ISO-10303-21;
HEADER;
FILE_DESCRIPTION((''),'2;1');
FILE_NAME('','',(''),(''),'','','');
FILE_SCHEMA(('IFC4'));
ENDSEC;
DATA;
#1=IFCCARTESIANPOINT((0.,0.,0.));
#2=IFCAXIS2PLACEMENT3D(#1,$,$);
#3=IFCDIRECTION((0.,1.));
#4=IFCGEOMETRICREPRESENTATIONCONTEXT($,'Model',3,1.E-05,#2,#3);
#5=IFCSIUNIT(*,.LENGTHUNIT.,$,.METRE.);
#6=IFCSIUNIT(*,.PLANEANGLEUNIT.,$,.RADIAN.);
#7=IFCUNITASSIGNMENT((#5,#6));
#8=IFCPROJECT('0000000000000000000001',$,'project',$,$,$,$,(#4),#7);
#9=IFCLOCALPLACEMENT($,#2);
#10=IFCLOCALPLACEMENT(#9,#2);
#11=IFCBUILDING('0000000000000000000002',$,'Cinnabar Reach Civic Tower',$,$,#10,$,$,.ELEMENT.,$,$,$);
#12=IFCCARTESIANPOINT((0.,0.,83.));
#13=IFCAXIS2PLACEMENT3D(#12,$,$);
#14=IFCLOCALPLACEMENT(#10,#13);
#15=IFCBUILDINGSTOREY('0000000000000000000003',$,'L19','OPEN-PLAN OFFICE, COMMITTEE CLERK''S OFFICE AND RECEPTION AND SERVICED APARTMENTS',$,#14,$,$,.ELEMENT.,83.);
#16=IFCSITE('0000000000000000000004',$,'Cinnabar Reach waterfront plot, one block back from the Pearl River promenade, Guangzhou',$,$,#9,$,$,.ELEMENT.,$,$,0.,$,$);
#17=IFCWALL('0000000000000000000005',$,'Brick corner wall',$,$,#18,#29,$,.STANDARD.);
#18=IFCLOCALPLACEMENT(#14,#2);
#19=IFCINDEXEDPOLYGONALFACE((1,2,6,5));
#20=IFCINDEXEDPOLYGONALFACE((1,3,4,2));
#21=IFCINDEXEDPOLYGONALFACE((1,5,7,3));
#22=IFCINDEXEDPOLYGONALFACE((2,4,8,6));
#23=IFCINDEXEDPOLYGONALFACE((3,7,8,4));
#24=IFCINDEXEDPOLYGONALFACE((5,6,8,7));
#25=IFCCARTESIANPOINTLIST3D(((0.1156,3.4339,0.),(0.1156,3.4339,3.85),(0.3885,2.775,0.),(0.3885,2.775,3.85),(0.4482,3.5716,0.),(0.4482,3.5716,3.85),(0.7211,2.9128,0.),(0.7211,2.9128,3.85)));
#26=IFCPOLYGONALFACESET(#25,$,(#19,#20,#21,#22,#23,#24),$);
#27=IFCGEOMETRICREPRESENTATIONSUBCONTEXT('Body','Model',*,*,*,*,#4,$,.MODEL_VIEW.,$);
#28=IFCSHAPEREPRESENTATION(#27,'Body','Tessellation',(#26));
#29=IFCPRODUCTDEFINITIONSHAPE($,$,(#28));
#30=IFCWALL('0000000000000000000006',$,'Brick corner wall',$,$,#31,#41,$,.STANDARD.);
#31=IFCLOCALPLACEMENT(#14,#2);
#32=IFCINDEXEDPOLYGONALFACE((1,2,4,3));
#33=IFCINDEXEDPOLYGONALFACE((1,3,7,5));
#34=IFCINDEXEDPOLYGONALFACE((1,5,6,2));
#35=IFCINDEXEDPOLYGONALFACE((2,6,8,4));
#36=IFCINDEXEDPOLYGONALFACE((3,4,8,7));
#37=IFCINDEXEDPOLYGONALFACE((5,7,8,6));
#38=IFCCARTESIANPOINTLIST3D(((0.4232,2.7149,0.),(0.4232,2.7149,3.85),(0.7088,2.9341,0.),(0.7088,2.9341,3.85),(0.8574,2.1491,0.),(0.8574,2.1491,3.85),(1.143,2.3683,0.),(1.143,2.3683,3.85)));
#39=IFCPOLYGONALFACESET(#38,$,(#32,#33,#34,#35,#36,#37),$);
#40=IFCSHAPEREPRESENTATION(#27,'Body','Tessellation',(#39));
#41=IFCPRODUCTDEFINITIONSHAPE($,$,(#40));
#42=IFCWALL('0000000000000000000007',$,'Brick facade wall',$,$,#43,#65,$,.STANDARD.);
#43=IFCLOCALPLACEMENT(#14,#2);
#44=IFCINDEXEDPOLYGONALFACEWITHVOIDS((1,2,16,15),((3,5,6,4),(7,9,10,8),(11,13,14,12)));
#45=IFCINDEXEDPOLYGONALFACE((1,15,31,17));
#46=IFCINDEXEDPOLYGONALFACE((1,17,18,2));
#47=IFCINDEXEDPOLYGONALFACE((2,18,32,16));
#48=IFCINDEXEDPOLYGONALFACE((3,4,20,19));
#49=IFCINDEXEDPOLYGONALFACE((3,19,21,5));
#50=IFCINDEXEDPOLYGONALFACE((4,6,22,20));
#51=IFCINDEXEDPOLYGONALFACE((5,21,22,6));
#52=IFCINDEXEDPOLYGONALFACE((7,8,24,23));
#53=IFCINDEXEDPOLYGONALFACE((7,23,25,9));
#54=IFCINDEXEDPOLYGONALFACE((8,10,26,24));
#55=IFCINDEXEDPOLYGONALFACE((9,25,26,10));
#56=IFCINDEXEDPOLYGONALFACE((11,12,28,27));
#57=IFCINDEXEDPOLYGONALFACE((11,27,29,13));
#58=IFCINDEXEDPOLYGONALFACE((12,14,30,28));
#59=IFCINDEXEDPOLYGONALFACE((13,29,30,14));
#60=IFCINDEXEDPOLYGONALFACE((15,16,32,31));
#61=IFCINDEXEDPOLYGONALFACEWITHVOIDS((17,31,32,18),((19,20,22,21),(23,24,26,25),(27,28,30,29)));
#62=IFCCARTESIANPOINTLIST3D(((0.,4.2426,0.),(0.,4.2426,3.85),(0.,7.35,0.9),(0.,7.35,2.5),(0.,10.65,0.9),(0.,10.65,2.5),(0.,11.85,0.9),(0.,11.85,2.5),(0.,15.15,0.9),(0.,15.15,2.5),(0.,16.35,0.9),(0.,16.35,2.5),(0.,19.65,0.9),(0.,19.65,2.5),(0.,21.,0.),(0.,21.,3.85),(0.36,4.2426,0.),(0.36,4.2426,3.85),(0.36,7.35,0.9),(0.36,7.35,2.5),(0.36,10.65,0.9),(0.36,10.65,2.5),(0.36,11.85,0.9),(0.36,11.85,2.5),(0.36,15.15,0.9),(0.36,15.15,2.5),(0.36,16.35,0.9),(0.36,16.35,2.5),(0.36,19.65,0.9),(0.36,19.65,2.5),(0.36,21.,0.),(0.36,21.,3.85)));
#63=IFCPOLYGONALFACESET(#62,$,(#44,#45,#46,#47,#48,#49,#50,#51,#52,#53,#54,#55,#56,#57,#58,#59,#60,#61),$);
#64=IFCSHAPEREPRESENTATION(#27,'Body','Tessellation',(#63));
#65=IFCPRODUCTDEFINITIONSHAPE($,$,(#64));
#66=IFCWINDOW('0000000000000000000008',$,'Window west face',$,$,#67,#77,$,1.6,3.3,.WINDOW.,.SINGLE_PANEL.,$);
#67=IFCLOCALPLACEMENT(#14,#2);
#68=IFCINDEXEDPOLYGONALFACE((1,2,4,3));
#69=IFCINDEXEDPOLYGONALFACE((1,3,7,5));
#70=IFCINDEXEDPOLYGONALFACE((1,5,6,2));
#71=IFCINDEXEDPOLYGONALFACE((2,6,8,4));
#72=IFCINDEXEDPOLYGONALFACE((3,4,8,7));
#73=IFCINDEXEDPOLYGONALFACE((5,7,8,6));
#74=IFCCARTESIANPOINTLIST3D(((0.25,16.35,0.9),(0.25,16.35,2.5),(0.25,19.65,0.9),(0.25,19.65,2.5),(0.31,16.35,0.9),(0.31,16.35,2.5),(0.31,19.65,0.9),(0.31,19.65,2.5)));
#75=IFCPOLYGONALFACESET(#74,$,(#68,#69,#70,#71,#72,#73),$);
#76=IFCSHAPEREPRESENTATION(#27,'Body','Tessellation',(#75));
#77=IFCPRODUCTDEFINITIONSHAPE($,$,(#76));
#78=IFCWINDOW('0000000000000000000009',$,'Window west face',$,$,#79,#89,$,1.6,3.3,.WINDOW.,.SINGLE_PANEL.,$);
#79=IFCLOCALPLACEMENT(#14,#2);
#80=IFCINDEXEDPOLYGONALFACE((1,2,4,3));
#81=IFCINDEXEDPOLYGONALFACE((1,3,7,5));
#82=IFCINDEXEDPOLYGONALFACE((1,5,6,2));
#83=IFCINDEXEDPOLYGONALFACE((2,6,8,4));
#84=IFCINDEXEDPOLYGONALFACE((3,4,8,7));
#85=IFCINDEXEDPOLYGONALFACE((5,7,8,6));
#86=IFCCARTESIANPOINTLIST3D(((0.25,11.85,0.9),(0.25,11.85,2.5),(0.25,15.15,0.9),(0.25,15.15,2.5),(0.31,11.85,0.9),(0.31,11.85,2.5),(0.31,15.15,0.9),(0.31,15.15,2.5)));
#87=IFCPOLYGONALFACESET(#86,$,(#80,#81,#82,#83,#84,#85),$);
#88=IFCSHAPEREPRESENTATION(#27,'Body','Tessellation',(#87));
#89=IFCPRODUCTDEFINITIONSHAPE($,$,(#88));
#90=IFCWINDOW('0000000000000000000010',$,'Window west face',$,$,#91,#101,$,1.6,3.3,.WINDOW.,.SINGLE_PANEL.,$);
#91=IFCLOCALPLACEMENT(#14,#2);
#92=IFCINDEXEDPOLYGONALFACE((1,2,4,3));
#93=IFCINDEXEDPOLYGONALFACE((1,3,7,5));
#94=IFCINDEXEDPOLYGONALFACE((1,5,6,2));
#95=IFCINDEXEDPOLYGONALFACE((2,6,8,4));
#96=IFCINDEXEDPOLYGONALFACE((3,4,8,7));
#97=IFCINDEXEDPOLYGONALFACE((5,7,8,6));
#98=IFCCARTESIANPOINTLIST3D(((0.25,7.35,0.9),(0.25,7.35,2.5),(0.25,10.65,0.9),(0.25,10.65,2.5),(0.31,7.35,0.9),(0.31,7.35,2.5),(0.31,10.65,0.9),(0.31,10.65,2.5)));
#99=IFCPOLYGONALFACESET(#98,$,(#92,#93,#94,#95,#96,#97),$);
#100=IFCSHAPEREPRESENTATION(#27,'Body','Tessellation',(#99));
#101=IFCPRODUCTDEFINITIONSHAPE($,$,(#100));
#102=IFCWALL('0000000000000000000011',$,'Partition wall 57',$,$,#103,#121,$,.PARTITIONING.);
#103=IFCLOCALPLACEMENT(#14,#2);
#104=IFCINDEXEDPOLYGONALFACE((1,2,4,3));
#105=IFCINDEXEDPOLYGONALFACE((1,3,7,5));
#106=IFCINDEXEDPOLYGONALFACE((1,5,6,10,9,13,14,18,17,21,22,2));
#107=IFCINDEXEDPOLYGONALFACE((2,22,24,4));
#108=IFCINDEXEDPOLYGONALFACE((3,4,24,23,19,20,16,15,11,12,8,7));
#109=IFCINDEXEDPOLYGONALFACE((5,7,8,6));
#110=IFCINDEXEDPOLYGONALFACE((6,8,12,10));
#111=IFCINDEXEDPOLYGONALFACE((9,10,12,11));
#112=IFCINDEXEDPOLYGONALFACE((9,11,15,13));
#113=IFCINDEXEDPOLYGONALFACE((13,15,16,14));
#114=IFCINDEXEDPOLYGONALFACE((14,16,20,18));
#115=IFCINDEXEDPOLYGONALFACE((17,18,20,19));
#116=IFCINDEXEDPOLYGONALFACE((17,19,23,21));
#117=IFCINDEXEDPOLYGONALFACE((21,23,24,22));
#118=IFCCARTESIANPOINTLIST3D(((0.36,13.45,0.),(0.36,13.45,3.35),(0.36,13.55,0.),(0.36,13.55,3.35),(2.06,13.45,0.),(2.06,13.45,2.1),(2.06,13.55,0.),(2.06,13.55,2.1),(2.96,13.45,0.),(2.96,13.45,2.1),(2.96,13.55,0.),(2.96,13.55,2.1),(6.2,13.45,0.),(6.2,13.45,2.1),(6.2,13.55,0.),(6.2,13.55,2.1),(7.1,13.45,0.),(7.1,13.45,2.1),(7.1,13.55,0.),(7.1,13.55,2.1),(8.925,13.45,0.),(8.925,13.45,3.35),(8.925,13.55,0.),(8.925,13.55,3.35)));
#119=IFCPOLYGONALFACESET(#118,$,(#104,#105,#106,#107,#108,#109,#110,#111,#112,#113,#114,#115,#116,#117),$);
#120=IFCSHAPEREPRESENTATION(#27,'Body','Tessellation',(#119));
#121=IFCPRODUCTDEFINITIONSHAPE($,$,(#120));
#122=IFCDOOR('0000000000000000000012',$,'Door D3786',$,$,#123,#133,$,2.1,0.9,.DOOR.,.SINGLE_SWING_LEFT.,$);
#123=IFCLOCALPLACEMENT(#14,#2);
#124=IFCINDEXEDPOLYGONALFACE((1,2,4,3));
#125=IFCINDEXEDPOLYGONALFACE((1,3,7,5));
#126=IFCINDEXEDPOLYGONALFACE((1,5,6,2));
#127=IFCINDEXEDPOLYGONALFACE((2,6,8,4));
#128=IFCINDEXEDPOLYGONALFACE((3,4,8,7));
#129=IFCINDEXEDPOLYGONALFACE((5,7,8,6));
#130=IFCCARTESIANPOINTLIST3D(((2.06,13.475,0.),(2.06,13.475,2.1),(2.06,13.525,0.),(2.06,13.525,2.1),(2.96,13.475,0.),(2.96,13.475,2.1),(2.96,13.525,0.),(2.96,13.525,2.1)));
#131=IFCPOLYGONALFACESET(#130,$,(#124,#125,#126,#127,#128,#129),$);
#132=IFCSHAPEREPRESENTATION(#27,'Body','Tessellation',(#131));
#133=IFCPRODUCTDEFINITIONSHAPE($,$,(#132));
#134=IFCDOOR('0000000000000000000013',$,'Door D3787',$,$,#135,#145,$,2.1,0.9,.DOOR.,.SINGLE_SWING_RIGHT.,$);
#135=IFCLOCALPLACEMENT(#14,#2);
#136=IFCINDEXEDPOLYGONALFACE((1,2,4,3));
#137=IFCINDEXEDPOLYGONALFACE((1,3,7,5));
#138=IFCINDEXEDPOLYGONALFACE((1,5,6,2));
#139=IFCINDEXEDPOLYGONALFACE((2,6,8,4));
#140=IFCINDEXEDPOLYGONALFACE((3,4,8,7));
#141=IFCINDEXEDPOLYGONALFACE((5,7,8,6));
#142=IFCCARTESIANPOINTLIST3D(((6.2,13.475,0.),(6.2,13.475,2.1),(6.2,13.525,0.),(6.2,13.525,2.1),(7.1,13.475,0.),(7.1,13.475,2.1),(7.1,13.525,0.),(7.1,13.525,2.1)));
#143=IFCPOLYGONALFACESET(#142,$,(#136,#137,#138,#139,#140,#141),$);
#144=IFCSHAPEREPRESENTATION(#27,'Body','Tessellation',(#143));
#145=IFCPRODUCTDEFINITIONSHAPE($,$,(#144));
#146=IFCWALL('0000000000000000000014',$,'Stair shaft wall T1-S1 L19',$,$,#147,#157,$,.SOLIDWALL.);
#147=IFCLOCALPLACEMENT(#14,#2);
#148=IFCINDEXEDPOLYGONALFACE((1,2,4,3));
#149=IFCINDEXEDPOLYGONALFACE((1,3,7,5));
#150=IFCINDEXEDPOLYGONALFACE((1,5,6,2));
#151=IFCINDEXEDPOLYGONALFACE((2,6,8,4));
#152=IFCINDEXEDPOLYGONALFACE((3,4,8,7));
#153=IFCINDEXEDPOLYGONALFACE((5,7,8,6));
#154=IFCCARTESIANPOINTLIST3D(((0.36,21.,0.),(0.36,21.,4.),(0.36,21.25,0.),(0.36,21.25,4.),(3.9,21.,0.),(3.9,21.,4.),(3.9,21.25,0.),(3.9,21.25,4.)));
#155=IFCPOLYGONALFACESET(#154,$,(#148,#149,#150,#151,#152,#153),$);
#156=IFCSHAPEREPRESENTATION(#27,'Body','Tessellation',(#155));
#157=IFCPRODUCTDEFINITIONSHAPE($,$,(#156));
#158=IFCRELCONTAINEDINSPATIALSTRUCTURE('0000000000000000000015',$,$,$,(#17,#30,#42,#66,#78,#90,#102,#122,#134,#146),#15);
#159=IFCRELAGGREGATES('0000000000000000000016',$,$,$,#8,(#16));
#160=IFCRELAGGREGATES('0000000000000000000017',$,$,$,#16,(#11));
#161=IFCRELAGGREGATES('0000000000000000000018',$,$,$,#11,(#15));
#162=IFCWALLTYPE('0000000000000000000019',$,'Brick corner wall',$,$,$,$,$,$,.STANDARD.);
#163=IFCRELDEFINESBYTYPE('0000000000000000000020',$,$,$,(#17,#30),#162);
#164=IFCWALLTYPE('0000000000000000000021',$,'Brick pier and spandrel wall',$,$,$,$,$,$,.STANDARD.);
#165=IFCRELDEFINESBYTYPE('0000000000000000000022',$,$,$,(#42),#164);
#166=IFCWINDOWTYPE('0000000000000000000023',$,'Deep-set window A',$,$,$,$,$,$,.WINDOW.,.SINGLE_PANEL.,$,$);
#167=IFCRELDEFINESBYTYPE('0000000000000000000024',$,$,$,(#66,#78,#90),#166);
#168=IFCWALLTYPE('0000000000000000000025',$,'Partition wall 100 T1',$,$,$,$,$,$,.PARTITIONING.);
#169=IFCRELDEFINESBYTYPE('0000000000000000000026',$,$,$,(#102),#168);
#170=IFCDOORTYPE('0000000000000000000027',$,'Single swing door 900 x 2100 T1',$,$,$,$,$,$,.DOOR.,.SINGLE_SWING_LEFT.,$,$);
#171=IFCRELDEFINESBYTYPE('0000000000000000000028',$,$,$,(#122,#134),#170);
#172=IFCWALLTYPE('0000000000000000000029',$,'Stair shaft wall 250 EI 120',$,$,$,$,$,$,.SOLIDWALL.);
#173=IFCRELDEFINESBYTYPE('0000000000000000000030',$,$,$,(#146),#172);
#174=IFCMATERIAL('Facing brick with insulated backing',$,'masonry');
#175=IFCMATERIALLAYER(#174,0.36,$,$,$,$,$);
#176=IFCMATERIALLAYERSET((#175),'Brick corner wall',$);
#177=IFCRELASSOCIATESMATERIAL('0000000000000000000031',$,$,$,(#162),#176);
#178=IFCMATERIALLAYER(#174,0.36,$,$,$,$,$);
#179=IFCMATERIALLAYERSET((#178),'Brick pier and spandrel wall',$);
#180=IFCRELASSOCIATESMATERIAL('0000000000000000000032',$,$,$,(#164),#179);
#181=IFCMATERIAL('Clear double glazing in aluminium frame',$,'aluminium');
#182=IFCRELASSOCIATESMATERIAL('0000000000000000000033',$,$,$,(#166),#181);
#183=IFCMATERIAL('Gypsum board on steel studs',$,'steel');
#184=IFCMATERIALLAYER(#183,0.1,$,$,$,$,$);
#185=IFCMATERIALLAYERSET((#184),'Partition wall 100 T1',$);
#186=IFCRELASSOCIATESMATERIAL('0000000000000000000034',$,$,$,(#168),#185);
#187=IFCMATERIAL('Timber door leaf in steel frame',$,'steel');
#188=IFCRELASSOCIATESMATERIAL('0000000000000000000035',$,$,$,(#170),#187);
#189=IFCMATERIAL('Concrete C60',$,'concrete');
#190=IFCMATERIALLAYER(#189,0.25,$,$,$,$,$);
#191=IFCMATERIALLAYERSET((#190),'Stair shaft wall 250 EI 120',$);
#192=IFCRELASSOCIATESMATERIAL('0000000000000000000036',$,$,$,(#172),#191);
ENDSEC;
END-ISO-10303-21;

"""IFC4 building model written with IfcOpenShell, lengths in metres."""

from ifc_helpers import new_model, si_unit, direction, frame, frame_2d, origin, place, context, subcontext, project, spatial, rectangle, extrude, material, layer, layer_set, type_object, element, fill, save


model = new_model("IFC4")

# Units and contexts
model_context = context("Model", 3, precision=1e-05, world=origin(), true_north=direction((0.0, 1.0)))
body_context = subcontext(model_context, "Body", "Model", "MODEL_VIEW")
ifc_project = project(units=[si_unit("LENGTHUNIT", "METRE"), si_unit("PLANEANGLEUNIT", "RADIAN")], contexts=[model_context])

# Site, building, storey
site_placement = place(None, origin())
site = spatial("IfcSite", under=ifc_project, at=site_placement, Name="Cinnabar Reach waterfront plot, one block back from the Pearl River promenade, Guangzhou", CompositionType="ELEMENT", RefElevation=0.0)
building_placement = place(site_placement, origin())
building = spatial("IfcBuilding", under=site, at=building_placement, Name="Cinnabar Reach Civic Tower", CompositionType="ELEMENT")
storey_placement = place(building_placement, frame((0.0, 0.0, 83.0)))
storey = spatial("IfcBuildingStorey", under=building, at=storey_placement, Name="L19", Description="OPEN-PLAN OFFICE, COMMITTEE CLERK'S OFFICE AND RECEPTION AND SERVICED APARTMENTS", CompositionType="ELEMENT", Elevation=83.0)

# Walls
ifc_material_1 = material(Name="Facing brick with insulated backing", Category="masonry")
ifc_layer_1 = layer(ifc_material_1, 0.36)
ifc_layer_set_1 = layer_set([ifc_layer_1], Name="Brick corner wall")
wall_type_1 = type_object("IfcWallType", Name="Brick corner wall", PredefinedType="STANDARD", material=ifc_layer_set_1)
for number, where, z_axis, x_axis, name in (
    (1, (0.2819, 3.5027, 0.0), (0.0, 0.0, 1.0), (0.382703, -0.923872, 0.0), "Brick corner wall"),
):
    element("IfcWall", number, at=place(storey_placement, frame(where, z_axis=z_axis, x_axis=x_axis)), inside=storey, type_object=wall_type_1, Name=name, PredefinedType="STANDARD", context=body_context, shape_type="SweptSolid", body=[
        extrude(rectangle(XDim=0.7131, YDim=0.36, at=frame_2d((0.3565, 0.0))), origin(), (0.0, 0.0, 1.0), 3.85),
    ])
wall_1_placement = place(storey_placement, frame((0.566, 2.8245, 0.0), z_axis=(0.0, 0.0, 1.0), x_axis=(0.608802, -0.793322, 0.0)))
element("IfcWall", 2, at=wall_1_placement, inside=storey, type_object=wall_type_1, Name="Brick corner wall", PredefinedType="STANDARD", context=body_context, shape_type="SweptSolid", body=[
    extrude(rectangle(XDim=0.7132, YDim=0.36, at=frame_2d((0.3566, 0.0))), origin(), (0.0, 0.0, 1.0), 3.85),
])

# Wall, openings, windows
ifc_layer_2 = layer(ifc_material_1, 0.36)
ifc_layer_set_2 = layer_set([ifc_layer_2], Name="Brick pier and spandrel wall")
wall_type_2 = type_object("IfcWallType", Name="Brick pier and spandrel wall", PredefinedType="STANDARD", material=ifc_layer_set_2)
wall_2_placement = place(storey_placement, frame((0.18, 21.0, 0.0), z_axis=(0.0, 0.0, 1.0), x_axis=(0.0, -1.0, 0.0)))
wall_2 = element("IfcWall", 3, at=wall_2_placement, inside=storey, type_object=wall_type_2, Name="Brick facade wall", PredefinedType="STANDARD", context=body_context, shape_type="SweptSolid", body=[
    extrude(rectangle(XDim=16.7574, YDim=0.36, at=frame_2d((8.3787, 0.0))), origin(), (0.0, 0.0, 1.0), 3.85),
])
opening_1_placement = place(wall_2_placement, frame((1.35, 0.0, 0.9)))
opening_1 = element("IfcOpeningElement", 4, at=opening_1_placement, cuts=wall_2, PredefinedType="OPENING", context=body_context, shape_type="SweptSolid", body=[
    extrude(rectangle(XDim=3.3, YDim=1.6, at=frame_2d((1.65, 0.8))), frame((0.0, 0.19, 0.0), z_axis=(0.0, -1.0, 0.0), x_axis=(1.0, 0.0, 0.0)), (0.0, 0.0, 1.0), 0.38),
])
opening_2_placement = place(wall_2_placement, frame((5.85, 0.0, 0.9)))
opening_2 = element("IfcOpeningElement", 5, at=opening_2_placement, cuts=wall_2, PredefinedType="OPENING", context=body_context, shape_type="SweptSolid", body=[
    extrude(rectangle(XDim=3.3, YDim=1.6, at=frame_2d((1.65, 0.8))), frame((0.0, 0.19, 0.0), z_axis=(0.0, -1.0, 0.0), x_axis=(1.0, 0.0, 0.0)), (0.0, 0.0, 1.0), 0.38),
])
opening_3_placement = place(wall_2_placement, frame((10.35, 0.0, 0.9)))
opening_3 = element("IfcOpeningElement", 6, at=opening_3_placement, cuts=wall_2, PredefinedType="OPENING", context=body_context, shape_type="SweptSolid", body=[
    extrude(rectangle(XDim=3.3, YDim=1.6, at=frame_2d((1.65, 0.8))), frame((0.0, 0.19, 0.0), z_axis=(0.0, -1.0, 0.0), x_axis=(1.0, 0.0, 0.0)), (0.0, 0.0, 1.0), 0.38),
])
ifc_material_2 = material(Name="Clear double glazing in aluminium frame", Category="aluminium")
window_type = type_object("IfcWindowType", Name="Deep-set window A", PartitioningType="SINGLE_PANEL", PredefinedType="WINDOW", material=ifc_material_2)
window_1_placement = place(opening_1_placement, origin())
window_1 = element("IfcWindow", 7, at=window_1_placement, inside=storey, type_object=window_type, Name="Window west face", OverallHeight=1.6, OverallWidth=3.3, PartitioningType="SINGLE_PANEL", PredefinedType="WINDOW", context=body_context, shape_type="SweptSolid", body=[
    extrude(rectangle(XDim=3.3, YDim=1.6, at=frame_2d((1.65, 0.8))), frame((0.0, 0.13, 0.0), z_axis=(0.0, -1.0, 0.0), x_axis=(1.0, 0.0, 0.0)), (0.0, 0.0, 1.0), 0.06),
])
fill(opening_1, window_1)
window_2_placement = place(opening_2_placement, origin())
window_2 = element("IfcWindow", 8, at=window_2_placement, inside=storey, type_object=window_type, Name="Window west face", OverallHeight=1.6, OverallWidth=3.3, PartitioningType="SINGLE_PANEL", PredefinedType="WINDOW", context=body_context, shape_type="SweptSolid", body=[
    extrude(rectangle(XDim=3.3, YDim=1.6, at=frame_2d((1.65, 0.8))), frame((0.0, 0.13, 0.0), z_axis=(0.0, -1.0, 0.0), x_axis=(1.0, 0.0, 0.0)), (0.0, 0.0, 1.0), 0.06),
])
fill(opening_2, window_2)
window_3_placement = place(opening_3_placement, origin())
window_3 = element("IfcWindow", 9, at=window_3_placement, inside=storey, type_object=window_type, Name="Window west face", OverallHeight=1.6, OverallWidth=3.3, PartitioningType="SINGLE_PANEL", PredefinedType="WINDOW", context=body_context, shape_type="SweptSolid", body=[
    extrude(rectangle(XDim=3.3, YDim=1.6, at=frame_2d((1.65, 0.8))), frame((0.0, 0.13, 0.0), z_axis=(0.0, -1.0, 0.0), x_axis=(1.0, 0.0, 0.0)), (0.0, 0.0, 1.0), 0.06),
])
fill(opening_3, window_3)

# Wall, openings, doors
ifc_material_3 = material(Name="Gypsum board on steel studs", Category="steel")
ifc_layer_3 = layer(ifc_material_3, 0.1)
ifc_layer_set_3 = layer_set([ifc_layer_3], Name="Partition wall 100 T1")
wall_type_3 = type_object("IfcWallType", Name="Partition wall 100 T1", PredefinedType="PARTITIONING", material=ifc_layer_set_3)
wall_3_placement = place(storey_placement, frame((0.36, 13.5, 0.0), z_axis=(0.0, 0.0, 1.0), x_axis=(1.0, 0.0, 0.0)))
wall_3 = element("IfcWall", 10, at=wall_3_placement, inside=storey, type_object=wall_type_3, Name="Partition wall 57", PredefinedType="PARTITIONING", context=body_context, shape_type="SweptSolid", body=[
    extrude(rectangle(XDim=8.565, YDim=0.1, at=frame_2d((4.2825, 0.0))), origin(), (0.0, 0.0, 1.0), 3.35),
])
opening_4_placement = place(wall_3_placement, frame((1.7, 0.0, 0.0)))
opening_4 = element("IfcOpeningElement", 11, at=opening_4_placement, cuts=wall_3, PredefinedType="OPENING", context=body_context, shape_type="SweptSolid", body=[
    extrude(rectangle(XDim=0.9, YDim=2.1, at=frame_2d((0.45, 1.05))), frame((0.0, 0.06, 0.0), z_axis=(0.0, -1.0, 0.0), x_axis=(1.0, 0.0, 0.0)), (0.0, 0.0, 1.0), 0.12),
])
opening_5_placement = place(wall_3_placement, frame((5.84, 0.0, 0.0)))
opening_5 = element("IfcOpeningElement", 12, at=opening_5_placement, cuts=wall_3, PredefinedType="OPENING", context=body_context, shape_type="SweptSolid", body=[
    extrude(rectangle(XDim=0.9, YDim=2.1, at=frame_2d((0.45, 1.05))), frame((0.0, 0.06, 0.0), z_axis=(0.0, -1.0, 0.0), x_axis=(1.0, 0.0, 0.0)), (0.0, 0.0, 1.0), 0.12),
])
ifc_material_4 = material(Name="Timber door leaf in steel frame", Category="steel")
door_type = type_object("IfcDoorType", Name="Single swing door 900 x 2100 T1", OperationType="SINGLE_SWING_LEFT", PredefinedType="DOOR", material=ifc_material_4)
door_1_placement = place(opening_4_placement, origin())
door_1 = element("IfcDoor", 13, at=door_1_placement, inside=storey, type_object=door_type, Name="Door D3786", OperationType="SINGLE_SWING_LEFT", OverallHeight=2.1, OverallWidth=0.9, PredefinedType="DOOR", context=body_context, shape_type="SweptSolid", body=[
    extrude(rectangle(XDim=0.9, YDim=2.1, at=frame_2d((0.45, 1.05))), frame((0.0, 0.025, 0.0), z_axis=(0.0, -1.0, 0.0), x_axis=(1.0, 0.0, 0.0)), (0.0, 0.0, 1.0), 0.05),
])
fill(opening_4, door_1)
door_2_placement = place(opening_5_placement, origin())
door_2 = element("IfcDoor", 14, at=door_2_placement, inside=storey, type_object=door_type, Name="Door D3787", OperationType="SINGLE_SWING_RIGHT", OverallHeight=2.1, OverallWidth=0.9, PredefinedType="DOOR", context=body_context, shape_type="SweptSolid", body=[
    extrude(rectangle(XDim=0.9, YDim=2.1, at=frame_2d((0.45, 1.05))), frame((0.0, 0.025, 0.0), z_axis=(0.0, -1.0, 0.0), x_axis=(1.0, 0.0, 0.0)), (0.0, 0.0, 1.0), 0.05),
])
fill(opening_5, door_2)

# Wall
ifc_material_5 = material(Name="Concrete C60", Category="concrete")
ifc_layer_4 = layer(ifc_material_5, 0.25)
ifc_layer_set_4 = layer_set([ifc_layer_4], Name="Stair shaft wall 250 EI 120")
wall_type_4 = type_object("IfcWallType", Name="Stair shaft wall 250 EI 120", PredefinedType="SOLIDWALL", material=ifc_layer_set_4)
wall_4_placement = place(storey_placement, frame((0.36, 21.125, 0.0), z_axis=(0.0, 0.0, 1.0), x_axis=(1.0, 0.0, 0.0)))
element("IfcWall", 15, at=wall_4_placement, inside=storey, type_object=wall_type_4, Name="Stair shaft wall T1-S1 L19", PredefinedType="SOLIDWALL", context=body_context, shape_type="SweptSolid", body=[
    extrude(rectangle(XDim=3.54, YDim=0.25, at=frame_2d((1.77, 0.0))), origin(), (0.0, 0.0, 1.0), 4.0),
])

save(model, "model.ifc")
